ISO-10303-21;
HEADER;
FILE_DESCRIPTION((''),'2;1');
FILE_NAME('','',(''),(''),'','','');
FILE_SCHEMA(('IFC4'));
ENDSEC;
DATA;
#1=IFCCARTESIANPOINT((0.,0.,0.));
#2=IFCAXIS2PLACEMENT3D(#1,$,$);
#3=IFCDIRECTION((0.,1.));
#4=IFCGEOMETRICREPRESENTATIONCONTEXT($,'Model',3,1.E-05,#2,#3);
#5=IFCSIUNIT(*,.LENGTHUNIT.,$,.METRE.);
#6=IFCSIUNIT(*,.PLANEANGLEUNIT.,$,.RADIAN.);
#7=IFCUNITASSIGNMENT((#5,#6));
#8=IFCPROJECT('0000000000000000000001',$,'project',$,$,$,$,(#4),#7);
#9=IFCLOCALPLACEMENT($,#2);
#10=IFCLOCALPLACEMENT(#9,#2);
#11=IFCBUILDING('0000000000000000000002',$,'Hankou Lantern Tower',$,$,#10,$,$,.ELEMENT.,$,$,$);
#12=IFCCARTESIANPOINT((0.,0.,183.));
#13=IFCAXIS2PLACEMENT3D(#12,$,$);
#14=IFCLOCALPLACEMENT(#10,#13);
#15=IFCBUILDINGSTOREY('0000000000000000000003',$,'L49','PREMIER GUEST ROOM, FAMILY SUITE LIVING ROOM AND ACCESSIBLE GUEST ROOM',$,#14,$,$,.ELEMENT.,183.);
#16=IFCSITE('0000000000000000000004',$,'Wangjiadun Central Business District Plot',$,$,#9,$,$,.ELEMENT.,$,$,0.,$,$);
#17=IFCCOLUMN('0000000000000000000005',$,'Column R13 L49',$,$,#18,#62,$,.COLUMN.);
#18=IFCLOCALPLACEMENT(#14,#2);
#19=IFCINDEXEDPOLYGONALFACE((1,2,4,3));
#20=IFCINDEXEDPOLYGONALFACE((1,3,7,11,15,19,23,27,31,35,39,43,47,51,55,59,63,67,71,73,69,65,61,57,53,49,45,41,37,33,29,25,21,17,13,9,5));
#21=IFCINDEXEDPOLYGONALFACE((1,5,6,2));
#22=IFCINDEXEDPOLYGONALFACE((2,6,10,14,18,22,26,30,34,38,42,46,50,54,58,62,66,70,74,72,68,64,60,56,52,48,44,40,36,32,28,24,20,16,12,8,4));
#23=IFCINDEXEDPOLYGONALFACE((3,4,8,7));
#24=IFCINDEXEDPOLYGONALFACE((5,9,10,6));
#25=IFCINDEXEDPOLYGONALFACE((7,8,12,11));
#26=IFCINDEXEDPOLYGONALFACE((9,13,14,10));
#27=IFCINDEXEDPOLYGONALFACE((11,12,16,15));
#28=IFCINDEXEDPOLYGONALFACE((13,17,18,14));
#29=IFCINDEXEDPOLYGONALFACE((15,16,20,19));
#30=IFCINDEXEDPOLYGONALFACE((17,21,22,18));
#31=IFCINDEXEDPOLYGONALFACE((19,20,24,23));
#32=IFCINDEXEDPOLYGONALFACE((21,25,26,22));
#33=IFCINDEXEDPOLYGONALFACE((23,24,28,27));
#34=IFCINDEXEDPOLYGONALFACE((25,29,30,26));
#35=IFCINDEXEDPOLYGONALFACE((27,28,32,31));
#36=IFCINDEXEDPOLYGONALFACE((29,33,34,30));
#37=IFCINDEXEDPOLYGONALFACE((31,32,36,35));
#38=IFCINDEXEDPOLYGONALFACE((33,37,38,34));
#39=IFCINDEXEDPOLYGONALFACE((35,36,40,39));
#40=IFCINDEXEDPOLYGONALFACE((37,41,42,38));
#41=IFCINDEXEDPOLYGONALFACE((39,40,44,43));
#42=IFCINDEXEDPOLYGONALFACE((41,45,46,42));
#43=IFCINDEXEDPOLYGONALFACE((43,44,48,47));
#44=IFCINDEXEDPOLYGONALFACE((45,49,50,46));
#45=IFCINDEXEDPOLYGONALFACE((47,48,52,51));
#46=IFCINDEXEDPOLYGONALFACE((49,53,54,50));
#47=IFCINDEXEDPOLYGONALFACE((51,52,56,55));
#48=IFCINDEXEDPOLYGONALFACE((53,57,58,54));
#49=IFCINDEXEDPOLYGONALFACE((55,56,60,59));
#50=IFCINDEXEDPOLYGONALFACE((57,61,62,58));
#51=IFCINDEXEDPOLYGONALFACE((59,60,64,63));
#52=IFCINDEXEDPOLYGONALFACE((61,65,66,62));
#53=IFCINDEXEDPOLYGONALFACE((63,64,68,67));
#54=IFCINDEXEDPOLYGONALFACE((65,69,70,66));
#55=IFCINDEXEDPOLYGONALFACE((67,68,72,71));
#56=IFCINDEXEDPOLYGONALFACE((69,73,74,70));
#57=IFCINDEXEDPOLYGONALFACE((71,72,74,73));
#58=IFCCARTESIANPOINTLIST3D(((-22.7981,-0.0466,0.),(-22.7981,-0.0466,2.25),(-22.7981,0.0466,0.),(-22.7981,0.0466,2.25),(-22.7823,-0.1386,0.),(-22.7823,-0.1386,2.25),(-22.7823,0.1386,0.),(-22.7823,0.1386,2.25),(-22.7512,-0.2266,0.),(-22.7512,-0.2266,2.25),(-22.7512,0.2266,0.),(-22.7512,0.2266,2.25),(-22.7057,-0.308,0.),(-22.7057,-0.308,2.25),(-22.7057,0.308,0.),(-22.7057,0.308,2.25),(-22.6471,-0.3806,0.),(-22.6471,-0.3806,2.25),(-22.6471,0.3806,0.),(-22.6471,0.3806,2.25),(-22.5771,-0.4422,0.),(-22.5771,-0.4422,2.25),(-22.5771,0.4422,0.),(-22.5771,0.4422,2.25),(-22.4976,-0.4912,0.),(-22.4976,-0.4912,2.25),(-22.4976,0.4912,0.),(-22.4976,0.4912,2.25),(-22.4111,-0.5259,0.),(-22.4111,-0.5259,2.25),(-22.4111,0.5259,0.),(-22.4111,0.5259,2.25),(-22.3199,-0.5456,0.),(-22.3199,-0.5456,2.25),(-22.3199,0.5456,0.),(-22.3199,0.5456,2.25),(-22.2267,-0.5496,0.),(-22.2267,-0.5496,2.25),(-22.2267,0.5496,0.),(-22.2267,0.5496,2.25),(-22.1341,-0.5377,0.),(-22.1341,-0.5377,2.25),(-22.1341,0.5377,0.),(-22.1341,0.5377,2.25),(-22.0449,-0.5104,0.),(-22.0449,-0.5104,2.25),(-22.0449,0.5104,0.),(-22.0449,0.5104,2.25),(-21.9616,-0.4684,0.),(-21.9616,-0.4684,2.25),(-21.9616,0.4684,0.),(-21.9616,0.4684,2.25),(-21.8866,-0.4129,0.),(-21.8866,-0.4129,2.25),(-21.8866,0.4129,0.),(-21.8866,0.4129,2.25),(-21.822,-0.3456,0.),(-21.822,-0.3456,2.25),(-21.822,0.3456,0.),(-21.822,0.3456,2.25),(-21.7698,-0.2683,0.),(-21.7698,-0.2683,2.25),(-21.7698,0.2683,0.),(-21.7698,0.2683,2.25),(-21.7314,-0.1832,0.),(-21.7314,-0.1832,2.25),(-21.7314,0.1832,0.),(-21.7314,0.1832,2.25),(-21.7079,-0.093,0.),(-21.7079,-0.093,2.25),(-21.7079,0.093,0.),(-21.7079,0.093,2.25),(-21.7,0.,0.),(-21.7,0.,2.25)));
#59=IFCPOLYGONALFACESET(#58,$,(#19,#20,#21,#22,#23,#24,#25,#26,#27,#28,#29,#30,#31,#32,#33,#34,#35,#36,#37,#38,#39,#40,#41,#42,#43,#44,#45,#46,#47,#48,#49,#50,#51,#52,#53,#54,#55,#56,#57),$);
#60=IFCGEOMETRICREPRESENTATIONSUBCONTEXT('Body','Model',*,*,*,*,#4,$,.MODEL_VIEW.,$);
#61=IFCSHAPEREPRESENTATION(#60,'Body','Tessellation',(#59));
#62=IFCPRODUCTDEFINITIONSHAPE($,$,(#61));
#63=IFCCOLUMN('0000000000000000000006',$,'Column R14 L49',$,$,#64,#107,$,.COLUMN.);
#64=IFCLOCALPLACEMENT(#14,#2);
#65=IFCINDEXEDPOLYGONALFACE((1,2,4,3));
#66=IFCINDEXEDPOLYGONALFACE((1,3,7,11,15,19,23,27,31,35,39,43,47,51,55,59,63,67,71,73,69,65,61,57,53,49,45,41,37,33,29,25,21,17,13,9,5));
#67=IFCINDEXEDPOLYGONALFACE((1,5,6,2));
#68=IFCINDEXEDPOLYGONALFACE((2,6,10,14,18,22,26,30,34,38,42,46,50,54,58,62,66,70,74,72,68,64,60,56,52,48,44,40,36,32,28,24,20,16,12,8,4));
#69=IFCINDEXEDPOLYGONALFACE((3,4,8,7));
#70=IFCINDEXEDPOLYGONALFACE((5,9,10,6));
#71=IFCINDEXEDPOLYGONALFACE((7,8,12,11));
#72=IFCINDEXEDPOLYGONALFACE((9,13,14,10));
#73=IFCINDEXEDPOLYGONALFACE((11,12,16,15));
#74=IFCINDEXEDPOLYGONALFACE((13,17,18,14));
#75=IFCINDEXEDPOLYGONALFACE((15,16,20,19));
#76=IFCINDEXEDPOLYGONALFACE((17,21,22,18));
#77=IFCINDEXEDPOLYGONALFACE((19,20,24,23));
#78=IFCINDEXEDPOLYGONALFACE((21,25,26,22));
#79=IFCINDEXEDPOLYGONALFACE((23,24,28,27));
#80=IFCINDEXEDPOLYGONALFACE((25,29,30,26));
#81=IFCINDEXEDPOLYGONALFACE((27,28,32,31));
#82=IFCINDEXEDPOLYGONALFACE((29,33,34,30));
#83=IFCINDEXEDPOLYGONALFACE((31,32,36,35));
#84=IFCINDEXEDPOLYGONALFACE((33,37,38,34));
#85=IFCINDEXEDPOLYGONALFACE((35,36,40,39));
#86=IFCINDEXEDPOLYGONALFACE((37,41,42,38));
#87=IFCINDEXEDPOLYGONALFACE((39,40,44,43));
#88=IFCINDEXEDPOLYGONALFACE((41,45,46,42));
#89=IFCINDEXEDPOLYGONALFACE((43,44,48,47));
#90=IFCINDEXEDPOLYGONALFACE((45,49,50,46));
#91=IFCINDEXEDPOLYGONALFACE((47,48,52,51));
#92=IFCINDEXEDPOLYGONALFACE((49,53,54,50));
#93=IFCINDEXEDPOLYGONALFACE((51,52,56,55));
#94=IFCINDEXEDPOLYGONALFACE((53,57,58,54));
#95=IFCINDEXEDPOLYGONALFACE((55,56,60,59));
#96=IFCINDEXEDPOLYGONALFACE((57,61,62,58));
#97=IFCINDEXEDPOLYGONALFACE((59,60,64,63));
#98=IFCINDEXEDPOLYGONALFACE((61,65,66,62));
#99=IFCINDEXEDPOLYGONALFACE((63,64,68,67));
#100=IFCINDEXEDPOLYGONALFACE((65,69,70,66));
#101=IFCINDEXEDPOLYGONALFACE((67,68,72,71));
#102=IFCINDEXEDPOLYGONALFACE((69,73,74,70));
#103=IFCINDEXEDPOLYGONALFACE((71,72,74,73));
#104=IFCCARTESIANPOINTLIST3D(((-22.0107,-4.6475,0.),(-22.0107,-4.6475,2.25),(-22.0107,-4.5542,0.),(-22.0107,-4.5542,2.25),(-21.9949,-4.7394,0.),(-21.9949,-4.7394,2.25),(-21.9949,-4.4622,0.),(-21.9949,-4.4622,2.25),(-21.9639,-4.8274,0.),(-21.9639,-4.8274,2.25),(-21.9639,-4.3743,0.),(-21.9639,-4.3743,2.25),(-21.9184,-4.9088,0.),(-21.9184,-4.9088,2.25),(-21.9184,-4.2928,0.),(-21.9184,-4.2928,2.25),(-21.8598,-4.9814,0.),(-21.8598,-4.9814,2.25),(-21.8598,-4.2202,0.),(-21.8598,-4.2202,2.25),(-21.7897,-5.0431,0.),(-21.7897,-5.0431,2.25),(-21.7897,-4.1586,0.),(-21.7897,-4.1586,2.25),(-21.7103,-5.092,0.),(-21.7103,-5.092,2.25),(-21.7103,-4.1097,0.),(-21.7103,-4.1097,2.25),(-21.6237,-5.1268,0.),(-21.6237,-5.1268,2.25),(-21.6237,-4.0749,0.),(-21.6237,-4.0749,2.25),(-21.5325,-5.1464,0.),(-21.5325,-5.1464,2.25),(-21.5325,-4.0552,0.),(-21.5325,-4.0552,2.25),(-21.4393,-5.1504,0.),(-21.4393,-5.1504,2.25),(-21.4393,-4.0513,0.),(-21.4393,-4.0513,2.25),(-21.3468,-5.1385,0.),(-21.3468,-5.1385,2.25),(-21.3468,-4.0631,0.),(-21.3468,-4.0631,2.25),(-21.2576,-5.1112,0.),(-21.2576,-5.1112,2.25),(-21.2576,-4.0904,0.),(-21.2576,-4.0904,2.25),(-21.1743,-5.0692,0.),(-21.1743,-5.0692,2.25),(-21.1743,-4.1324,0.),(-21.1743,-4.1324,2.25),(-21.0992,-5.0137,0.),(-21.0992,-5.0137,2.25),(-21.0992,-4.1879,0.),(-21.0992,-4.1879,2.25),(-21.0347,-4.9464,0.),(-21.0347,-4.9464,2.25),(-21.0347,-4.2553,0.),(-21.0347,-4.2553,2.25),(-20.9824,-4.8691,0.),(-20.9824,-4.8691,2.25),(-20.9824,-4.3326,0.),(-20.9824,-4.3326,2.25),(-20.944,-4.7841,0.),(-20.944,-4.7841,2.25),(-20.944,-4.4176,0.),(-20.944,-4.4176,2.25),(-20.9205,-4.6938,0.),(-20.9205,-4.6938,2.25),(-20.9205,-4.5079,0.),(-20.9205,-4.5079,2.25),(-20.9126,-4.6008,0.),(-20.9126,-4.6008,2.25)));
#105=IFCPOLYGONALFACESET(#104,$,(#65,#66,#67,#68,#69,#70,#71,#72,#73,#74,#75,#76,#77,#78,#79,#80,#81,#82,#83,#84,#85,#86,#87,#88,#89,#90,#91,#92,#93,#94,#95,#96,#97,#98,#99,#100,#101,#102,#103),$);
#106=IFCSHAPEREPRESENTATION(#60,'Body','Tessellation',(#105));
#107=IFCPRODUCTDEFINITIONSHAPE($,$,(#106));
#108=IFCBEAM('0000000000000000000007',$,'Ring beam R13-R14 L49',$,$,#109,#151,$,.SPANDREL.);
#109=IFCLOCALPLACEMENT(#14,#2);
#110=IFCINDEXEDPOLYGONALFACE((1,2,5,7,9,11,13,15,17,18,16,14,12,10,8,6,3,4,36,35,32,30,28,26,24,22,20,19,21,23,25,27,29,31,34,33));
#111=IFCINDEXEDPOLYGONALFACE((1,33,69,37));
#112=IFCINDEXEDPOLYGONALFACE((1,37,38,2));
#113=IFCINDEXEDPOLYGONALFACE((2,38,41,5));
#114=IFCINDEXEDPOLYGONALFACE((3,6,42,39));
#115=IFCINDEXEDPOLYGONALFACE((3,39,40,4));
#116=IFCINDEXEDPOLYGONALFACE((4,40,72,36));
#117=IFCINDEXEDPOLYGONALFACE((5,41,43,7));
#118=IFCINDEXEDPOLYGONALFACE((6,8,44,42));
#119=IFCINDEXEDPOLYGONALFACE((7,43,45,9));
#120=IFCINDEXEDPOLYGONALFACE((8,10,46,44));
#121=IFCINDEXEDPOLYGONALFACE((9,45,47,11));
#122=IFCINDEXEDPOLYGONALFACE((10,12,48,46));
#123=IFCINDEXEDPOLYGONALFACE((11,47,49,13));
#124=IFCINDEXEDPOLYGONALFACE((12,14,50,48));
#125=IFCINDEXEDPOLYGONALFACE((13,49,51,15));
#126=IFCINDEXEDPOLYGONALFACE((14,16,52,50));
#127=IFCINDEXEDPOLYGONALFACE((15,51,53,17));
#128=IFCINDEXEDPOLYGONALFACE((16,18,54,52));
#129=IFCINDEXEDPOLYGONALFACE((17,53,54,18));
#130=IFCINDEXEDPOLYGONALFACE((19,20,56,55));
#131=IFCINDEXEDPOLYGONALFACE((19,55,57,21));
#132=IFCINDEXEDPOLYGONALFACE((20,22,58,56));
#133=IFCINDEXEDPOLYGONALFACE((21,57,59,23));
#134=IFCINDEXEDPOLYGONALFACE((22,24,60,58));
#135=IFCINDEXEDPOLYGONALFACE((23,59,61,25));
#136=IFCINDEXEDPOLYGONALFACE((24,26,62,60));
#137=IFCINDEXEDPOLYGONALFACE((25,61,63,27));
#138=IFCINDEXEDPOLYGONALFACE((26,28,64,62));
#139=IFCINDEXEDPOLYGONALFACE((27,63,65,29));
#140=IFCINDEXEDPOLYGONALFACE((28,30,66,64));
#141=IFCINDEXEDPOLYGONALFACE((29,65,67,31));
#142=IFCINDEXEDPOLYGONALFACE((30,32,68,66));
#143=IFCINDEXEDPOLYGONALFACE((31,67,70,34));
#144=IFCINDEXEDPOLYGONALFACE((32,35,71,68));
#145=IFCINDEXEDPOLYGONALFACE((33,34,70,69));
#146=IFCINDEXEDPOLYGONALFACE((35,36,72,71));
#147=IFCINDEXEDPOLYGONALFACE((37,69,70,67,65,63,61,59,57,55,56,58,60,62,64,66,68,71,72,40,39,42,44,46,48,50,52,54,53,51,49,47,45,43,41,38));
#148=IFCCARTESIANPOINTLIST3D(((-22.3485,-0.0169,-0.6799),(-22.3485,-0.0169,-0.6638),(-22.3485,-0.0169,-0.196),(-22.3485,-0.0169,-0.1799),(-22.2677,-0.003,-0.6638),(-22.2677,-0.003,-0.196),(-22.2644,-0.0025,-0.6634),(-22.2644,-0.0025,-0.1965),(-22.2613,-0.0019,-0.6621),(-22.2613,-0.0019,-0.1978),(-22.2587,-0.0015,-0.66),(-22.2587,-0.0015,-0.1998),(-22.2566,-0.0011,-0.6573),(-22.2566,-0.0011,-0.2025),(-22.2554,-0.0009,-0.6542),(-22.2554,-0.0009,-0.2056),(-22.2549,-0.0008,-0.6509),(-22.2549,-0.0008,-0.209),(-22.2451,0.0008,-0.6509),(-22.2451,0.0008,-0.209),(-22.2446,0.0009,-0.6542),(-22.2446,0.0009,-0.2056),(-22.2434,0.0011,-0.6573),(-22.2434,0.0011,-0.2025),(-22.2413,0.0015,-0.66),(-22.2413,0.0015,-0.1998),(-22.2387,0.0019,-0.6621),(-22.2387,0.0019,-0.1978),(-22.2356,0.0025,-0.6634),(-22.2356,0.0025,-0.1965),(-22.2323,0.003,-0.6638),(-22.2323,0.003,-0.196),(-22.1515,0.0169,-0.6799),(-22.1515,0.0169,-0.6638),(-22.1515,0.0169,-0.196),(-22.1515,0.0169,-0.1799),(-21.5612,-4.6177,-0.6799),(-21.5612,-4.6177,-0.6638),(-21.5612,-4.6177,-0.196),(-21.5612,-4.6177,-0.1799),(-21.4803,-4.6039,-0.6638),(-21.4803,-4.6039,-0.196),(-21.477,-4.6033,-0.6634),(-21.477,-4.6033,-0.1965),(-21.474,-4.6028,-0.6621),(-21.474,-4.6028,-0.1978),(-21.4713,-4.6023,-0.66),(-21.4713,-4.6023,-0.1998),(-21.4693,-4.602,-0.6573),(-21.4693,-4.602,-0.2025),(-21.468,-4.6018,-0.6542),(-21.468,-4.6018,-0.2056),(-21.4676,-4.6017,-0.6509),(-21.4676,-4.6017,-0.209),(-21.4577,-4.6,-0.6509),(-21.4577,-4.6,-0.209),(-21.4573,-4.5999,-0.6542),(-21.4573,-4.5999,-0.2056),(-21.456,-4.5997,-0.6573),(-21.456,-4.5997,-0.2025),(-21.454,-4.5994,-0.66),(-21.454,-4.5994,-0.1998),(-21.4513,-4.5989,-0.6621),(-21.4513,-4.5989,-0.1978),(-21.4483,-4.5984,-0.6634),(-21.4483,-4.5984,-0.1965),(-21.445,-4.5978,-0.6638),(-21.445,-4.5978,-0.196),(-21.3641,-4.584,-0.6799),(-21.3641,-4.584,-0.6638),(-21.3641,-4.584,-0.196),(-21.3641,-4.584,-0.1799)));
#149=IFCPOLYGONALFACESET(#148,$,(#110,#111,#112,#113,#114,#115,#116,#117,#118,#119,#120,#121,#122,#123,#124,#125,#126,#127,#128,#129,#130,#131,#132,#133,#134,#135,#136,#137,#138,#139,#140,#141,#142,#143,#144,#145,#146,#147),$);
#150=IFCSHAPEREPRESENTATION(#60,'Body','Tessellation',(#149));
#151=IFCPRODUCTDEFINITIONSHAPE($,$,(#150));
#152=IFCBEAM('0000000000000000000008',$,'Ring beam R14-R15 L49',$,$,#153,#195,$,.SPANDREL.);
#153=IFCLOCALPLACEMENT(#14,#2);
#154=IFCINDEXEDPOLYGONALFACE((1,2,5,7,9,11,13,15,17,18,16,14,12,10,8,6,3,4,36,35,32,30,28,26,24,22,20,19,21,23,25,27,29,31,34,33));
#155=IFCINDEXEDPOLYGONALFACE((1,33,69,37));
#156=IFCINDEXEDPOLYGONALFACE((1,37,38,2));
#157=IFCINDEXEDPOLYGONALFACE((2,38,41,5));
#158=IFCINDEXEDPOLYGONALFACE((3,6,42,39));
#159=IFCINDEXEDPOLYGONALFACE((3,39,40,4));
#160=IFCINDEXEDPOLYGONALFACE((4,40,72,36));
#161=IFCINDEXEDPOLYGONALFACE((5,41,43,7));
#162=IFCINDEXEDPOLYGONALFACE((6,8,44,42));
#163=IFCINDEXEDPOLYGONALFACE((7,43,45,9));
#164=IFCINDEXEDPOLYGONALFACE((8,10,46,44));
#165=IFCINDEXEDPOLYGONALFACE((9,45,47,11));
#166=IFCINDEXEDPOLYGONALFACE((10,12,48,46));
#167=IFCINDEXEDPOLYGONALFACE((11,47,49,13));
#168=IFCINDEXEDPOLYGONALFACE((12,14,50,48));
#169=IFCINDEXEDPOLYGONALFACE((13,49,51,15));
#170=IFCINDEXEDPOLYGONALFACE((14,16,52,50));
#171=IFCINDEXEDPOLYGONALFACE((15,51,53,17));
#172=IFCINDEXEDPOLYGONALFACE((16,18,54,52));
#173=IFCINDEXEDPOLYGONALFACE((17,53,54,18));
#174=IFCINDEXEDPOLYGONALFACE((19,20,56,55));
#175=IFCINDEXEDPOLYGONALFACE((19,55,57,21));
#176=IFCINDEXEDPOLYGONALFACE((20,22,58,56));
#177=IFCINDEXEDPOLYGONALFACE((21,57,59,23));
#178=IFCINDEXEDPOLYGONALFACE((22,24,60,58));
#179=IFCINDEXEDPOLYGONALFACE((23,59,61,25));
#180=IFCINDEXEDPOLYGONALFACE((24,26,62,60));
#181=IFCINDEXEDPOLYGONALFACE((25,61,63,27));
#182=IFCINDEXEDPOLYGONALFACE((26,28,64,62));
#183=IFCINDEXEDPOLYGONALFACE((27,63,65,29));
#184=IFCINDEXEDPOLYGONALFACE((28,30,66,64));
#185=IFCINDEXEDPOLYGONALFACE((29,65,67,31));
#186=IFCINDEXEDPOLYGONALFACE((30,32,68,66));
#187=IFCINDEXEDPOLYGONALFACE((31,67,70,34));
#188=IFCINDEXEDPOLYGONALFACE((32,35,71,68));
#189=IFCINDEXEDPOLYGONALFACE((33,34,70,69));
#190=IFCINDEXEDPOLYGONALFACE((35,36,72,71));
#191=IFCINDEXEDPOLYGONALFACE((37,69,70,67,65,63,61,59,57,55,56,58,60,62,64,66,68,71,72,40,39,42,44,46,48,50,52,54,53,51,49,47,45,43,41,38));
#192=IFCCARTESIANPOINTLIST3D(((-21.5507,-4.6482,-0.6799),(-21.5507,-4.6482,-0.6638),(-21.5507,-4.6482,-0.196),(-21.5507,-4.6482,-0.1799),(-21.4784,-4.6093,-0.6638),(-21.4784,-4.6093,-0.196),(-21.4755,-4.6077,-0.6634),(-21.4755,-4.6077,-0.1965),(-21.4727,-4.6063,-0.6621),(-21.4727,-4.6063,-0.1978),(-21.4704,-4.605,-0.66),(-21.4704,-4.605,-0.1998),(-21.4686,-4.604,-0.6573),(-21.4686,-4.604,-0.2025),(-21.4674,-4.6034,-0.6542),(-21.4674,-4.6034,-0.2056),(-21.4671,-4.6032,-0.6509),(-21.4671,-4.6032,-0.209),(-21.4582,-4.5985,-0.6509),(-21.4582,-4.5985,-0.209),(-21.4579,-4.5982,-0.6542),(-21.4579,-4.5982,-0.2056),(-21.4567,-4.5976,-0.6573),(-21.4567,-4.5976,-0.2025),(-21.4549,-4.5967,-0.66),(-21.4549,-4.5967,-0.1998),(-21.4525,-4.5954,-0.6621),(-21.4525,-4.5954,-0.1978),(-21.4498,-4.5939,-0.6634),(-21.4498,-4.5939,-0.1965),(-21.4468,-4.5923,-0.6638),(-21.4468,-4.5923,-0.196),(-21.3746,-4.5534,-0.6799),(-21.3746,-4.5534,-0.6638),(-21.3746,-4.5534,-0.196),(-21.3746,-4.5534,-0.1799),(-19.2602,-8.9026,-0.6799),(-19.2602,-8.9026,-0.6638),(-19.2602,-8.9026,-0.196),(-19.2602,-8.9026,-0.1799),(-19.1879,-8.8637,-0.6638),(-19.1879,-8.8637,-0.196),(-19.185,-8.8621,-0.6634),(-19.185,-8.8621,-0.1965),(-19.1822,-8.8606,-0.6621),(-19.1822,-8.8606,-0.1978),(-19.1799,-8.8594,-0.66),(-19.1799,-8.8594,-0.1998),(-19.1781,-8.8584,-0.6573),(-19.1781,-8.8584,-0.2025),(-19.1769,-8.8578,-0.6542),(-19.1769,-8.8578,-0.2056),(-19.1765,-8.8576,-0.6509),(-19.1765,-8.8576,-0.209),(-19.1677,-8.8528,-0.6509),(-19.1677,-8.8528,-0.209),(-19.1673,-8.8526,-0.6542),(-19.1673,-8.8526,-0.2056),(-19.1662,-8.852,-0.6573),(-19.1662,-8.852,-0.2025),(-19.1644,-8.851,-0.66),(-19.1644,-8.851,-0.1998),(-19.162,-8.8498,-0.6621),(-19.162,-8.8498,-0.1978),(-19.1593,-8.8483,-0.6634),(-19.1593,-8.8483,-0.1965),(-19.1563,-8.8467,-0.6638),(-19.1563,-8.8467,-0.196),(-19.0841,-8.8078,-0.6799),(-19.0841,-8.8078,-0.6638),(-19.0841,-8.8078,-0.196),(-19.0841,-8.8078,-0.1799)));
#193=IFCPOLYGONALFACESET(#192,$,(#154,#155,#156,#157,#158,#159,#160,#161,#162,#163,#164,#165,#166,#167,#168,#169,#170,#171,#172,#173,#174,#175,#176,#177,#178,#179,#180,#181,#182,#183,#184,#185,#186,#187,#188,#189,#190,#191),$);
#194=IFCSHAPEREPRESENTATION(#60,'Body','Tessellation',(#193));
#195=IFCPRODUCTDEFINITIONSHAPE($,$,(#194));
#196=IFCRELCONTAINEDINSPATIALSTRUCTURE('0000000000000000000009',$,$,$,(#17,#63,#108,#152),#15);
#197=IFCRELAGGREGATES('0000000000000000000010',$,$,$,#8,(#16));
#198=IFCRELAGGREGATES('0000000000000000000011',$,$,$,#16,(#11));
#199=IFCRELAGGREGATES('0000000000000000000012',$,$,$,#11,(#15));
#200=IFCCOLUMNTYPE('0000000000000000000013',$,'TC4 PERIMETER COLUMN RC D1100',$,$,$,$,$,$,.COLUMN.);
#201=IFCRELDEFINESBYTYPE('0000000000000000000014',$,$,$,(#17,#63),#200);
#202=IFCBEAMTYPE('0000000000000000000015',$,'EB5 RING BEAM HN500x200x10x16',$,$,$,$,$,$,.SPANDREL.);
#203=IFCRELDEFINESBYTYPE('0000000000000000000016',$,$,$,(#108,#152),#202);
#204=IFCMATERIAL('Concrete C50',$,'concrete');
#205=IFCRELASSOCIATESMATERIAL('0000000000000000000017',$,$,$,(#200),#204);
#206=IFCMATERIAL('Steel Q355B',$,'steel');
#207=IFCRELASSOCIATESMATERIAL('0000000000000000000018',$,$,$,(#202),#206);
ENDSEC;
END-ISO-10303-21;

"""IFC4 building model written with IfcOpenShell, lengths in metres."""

from ifc_helpers import new_model, si_unit, direction, frame, origin, origin_2d, place, context, subcontext, project, spatial, circle, i_section, extrude, clip, halfspace, material, material_profile, profile_set, type_object, element, save


model = new_model("IFC4")

# Units and contexts
model_context = context("Model", 3, precision=1e-05, world=origin(), true_north=direction((0.0, 1.0)))
body_context = subcontext(model_context, "Body", "Model", "MODEL_VIEW")
ifc_project = project(units=[si_unit("LENGTHUNIT", "METRE"), si_unit("PLANEANGLEUNIT", "RADIAN")], contexts=[model_context])

# Site, building, storey
site_placement = place(None, origin())
site = spatial("IfcSite", under=ifc_project, at=site_placement, Name="Wangjiadun Central Business District Plot", CompositionType="ELEMENT", RefElevation=0.0)
building_placement = place(site_placement, origin())
building = spatial("IfcBuilding", under=site, at=building_placement, Name="Hankou Lantern Tower", CompositionType="ELEMENT")
storey_placement = place(building_placement, frame((0.0, 0.0, 183.0)))
storey = spatial("IfcBuildingStorey", under=building, at=storey_placement, Name="L49", Description="PREMIER GUEST ROOM, FAMILY SUITE LIVING ROOM AND ACCESSIBLE GUEST ROOM", CompositionType="ELEMENT", Elevation=183.0)

# Columns
ifc_material_1 = material(Name="Concrete C50", Category="concrete")
ifc_material_profile_1 = material_profile(ifc_material_1, circle(Radius=0.55, at=origin_2d()), Name="RC D1100")
ifc_profile_set_1 = profile_set([ifc_material_profile_1], Name="Concrete C50")
column_type = type_object("IfcColumnType", Name="TC4 PERIMETER COLUMN RC D1100", PredefinedType="COLUMN", material=ifc_profile_set_1)
for number, where, z_axis, x_axis, name in (
    (1, (-22.25, 0.0, 0.0), (0.0, 0.0, 1.0), (1.0, 0.0, 0.0), "Column R13 L49"),
    (2, (-21.4626, -4.6008, 0.0), (0.0, 0.0, 1.0), (1.0, 0.0, 0.0), "Column R14 L49"),
):
    element("IfcColumn", number, at=place(storey_placement, frame(where, z_axis=z_axis, x_axis=x_axis)), inside=storey, type_object=column_type, Name=name, PredefinedType="COLUMN", context=body_context, shape_type="Clipping", body=[
        clip(extrude(circle(Radius=0.55, at=origin_2d()), origin(), (0.0, 0.0, 1.0), 3.3), halfspace(frame((0.0, 0.0, 2.25), z_axis=(0.0, 0.0, 1.0), x_axis=(1.0, 0.0, 0.0)), False)),
    ])

# Beams
ifc_material_2 = material(Name="Steel Q355B", Category="steel")
ifc_material_profile_2 = material_profile(ifc_material_2, i_section(OverallWidth=0.2, OverallDepth=0.5, WebThickness=0.01, FlangeThickness=0.0161, FilletRadius=0.0129, at=origin_2d()), Name="HN500x200x10x16")
ifc_profile_set_2 = profile_set([ifc_material_profile_2], Name="Steel Q355B")
beam_type_1 = type_object("IfcBeamType", Name="EB5 RING BEAM HN500x200x10x16", PredefinedType="SPANDREL", material=ifc_profile_set_2)
beam_1_placement = place(storey_placement, frame((-22.25, 0.0, -0.4299), z_axis=(0.168681, -0.985671, 0.0), x_axis=(0.985671, 0.168681, 0.0)))
element("IfcBeam", 3, at=beam_1_placement, inside=storey, type_object=beam_type_1, Name="Ring beam R13-R14 L49", PredefinedType="SPANDREL", context=body_context, shape_type="SweptSolid", body=[
    extrude(i_section(OverallWidth=0.2, OverallDepth=0.5, WebThickness=0.01, FlangeThickness=0.0161, FilletRadius=0.0129, at=origin_2d()), origin(), (0.0, 0.0, 1.0), 4.6677),
])
beam_2_placement = place(storey_placement, frame((-21.4626, -4.6008, -0.4299), z_axis=(0.474052, -0.880497, 0.0), x_axis=(0.880497, 0.474052, 0.0)))
element("IfcBeam", 4, at=beam_2_placement, inside=storey, type_object=beam_type_1, Name="Ring beam R14-R15 L49", PredefinedType="SPANDREL", context=body_context, shape_type="SweptSolid", body=[
    extrude(i_section(OverallWidth=0.2, OverallDepth=0.5, WebThickness=0.01, FlangeThickness=0.0161, FilletRadius=0.0129, at=origin_2d()), origin(), (0.0, 0.0, 1.0), 4.8318),
])

save(model, "model.ifc")
